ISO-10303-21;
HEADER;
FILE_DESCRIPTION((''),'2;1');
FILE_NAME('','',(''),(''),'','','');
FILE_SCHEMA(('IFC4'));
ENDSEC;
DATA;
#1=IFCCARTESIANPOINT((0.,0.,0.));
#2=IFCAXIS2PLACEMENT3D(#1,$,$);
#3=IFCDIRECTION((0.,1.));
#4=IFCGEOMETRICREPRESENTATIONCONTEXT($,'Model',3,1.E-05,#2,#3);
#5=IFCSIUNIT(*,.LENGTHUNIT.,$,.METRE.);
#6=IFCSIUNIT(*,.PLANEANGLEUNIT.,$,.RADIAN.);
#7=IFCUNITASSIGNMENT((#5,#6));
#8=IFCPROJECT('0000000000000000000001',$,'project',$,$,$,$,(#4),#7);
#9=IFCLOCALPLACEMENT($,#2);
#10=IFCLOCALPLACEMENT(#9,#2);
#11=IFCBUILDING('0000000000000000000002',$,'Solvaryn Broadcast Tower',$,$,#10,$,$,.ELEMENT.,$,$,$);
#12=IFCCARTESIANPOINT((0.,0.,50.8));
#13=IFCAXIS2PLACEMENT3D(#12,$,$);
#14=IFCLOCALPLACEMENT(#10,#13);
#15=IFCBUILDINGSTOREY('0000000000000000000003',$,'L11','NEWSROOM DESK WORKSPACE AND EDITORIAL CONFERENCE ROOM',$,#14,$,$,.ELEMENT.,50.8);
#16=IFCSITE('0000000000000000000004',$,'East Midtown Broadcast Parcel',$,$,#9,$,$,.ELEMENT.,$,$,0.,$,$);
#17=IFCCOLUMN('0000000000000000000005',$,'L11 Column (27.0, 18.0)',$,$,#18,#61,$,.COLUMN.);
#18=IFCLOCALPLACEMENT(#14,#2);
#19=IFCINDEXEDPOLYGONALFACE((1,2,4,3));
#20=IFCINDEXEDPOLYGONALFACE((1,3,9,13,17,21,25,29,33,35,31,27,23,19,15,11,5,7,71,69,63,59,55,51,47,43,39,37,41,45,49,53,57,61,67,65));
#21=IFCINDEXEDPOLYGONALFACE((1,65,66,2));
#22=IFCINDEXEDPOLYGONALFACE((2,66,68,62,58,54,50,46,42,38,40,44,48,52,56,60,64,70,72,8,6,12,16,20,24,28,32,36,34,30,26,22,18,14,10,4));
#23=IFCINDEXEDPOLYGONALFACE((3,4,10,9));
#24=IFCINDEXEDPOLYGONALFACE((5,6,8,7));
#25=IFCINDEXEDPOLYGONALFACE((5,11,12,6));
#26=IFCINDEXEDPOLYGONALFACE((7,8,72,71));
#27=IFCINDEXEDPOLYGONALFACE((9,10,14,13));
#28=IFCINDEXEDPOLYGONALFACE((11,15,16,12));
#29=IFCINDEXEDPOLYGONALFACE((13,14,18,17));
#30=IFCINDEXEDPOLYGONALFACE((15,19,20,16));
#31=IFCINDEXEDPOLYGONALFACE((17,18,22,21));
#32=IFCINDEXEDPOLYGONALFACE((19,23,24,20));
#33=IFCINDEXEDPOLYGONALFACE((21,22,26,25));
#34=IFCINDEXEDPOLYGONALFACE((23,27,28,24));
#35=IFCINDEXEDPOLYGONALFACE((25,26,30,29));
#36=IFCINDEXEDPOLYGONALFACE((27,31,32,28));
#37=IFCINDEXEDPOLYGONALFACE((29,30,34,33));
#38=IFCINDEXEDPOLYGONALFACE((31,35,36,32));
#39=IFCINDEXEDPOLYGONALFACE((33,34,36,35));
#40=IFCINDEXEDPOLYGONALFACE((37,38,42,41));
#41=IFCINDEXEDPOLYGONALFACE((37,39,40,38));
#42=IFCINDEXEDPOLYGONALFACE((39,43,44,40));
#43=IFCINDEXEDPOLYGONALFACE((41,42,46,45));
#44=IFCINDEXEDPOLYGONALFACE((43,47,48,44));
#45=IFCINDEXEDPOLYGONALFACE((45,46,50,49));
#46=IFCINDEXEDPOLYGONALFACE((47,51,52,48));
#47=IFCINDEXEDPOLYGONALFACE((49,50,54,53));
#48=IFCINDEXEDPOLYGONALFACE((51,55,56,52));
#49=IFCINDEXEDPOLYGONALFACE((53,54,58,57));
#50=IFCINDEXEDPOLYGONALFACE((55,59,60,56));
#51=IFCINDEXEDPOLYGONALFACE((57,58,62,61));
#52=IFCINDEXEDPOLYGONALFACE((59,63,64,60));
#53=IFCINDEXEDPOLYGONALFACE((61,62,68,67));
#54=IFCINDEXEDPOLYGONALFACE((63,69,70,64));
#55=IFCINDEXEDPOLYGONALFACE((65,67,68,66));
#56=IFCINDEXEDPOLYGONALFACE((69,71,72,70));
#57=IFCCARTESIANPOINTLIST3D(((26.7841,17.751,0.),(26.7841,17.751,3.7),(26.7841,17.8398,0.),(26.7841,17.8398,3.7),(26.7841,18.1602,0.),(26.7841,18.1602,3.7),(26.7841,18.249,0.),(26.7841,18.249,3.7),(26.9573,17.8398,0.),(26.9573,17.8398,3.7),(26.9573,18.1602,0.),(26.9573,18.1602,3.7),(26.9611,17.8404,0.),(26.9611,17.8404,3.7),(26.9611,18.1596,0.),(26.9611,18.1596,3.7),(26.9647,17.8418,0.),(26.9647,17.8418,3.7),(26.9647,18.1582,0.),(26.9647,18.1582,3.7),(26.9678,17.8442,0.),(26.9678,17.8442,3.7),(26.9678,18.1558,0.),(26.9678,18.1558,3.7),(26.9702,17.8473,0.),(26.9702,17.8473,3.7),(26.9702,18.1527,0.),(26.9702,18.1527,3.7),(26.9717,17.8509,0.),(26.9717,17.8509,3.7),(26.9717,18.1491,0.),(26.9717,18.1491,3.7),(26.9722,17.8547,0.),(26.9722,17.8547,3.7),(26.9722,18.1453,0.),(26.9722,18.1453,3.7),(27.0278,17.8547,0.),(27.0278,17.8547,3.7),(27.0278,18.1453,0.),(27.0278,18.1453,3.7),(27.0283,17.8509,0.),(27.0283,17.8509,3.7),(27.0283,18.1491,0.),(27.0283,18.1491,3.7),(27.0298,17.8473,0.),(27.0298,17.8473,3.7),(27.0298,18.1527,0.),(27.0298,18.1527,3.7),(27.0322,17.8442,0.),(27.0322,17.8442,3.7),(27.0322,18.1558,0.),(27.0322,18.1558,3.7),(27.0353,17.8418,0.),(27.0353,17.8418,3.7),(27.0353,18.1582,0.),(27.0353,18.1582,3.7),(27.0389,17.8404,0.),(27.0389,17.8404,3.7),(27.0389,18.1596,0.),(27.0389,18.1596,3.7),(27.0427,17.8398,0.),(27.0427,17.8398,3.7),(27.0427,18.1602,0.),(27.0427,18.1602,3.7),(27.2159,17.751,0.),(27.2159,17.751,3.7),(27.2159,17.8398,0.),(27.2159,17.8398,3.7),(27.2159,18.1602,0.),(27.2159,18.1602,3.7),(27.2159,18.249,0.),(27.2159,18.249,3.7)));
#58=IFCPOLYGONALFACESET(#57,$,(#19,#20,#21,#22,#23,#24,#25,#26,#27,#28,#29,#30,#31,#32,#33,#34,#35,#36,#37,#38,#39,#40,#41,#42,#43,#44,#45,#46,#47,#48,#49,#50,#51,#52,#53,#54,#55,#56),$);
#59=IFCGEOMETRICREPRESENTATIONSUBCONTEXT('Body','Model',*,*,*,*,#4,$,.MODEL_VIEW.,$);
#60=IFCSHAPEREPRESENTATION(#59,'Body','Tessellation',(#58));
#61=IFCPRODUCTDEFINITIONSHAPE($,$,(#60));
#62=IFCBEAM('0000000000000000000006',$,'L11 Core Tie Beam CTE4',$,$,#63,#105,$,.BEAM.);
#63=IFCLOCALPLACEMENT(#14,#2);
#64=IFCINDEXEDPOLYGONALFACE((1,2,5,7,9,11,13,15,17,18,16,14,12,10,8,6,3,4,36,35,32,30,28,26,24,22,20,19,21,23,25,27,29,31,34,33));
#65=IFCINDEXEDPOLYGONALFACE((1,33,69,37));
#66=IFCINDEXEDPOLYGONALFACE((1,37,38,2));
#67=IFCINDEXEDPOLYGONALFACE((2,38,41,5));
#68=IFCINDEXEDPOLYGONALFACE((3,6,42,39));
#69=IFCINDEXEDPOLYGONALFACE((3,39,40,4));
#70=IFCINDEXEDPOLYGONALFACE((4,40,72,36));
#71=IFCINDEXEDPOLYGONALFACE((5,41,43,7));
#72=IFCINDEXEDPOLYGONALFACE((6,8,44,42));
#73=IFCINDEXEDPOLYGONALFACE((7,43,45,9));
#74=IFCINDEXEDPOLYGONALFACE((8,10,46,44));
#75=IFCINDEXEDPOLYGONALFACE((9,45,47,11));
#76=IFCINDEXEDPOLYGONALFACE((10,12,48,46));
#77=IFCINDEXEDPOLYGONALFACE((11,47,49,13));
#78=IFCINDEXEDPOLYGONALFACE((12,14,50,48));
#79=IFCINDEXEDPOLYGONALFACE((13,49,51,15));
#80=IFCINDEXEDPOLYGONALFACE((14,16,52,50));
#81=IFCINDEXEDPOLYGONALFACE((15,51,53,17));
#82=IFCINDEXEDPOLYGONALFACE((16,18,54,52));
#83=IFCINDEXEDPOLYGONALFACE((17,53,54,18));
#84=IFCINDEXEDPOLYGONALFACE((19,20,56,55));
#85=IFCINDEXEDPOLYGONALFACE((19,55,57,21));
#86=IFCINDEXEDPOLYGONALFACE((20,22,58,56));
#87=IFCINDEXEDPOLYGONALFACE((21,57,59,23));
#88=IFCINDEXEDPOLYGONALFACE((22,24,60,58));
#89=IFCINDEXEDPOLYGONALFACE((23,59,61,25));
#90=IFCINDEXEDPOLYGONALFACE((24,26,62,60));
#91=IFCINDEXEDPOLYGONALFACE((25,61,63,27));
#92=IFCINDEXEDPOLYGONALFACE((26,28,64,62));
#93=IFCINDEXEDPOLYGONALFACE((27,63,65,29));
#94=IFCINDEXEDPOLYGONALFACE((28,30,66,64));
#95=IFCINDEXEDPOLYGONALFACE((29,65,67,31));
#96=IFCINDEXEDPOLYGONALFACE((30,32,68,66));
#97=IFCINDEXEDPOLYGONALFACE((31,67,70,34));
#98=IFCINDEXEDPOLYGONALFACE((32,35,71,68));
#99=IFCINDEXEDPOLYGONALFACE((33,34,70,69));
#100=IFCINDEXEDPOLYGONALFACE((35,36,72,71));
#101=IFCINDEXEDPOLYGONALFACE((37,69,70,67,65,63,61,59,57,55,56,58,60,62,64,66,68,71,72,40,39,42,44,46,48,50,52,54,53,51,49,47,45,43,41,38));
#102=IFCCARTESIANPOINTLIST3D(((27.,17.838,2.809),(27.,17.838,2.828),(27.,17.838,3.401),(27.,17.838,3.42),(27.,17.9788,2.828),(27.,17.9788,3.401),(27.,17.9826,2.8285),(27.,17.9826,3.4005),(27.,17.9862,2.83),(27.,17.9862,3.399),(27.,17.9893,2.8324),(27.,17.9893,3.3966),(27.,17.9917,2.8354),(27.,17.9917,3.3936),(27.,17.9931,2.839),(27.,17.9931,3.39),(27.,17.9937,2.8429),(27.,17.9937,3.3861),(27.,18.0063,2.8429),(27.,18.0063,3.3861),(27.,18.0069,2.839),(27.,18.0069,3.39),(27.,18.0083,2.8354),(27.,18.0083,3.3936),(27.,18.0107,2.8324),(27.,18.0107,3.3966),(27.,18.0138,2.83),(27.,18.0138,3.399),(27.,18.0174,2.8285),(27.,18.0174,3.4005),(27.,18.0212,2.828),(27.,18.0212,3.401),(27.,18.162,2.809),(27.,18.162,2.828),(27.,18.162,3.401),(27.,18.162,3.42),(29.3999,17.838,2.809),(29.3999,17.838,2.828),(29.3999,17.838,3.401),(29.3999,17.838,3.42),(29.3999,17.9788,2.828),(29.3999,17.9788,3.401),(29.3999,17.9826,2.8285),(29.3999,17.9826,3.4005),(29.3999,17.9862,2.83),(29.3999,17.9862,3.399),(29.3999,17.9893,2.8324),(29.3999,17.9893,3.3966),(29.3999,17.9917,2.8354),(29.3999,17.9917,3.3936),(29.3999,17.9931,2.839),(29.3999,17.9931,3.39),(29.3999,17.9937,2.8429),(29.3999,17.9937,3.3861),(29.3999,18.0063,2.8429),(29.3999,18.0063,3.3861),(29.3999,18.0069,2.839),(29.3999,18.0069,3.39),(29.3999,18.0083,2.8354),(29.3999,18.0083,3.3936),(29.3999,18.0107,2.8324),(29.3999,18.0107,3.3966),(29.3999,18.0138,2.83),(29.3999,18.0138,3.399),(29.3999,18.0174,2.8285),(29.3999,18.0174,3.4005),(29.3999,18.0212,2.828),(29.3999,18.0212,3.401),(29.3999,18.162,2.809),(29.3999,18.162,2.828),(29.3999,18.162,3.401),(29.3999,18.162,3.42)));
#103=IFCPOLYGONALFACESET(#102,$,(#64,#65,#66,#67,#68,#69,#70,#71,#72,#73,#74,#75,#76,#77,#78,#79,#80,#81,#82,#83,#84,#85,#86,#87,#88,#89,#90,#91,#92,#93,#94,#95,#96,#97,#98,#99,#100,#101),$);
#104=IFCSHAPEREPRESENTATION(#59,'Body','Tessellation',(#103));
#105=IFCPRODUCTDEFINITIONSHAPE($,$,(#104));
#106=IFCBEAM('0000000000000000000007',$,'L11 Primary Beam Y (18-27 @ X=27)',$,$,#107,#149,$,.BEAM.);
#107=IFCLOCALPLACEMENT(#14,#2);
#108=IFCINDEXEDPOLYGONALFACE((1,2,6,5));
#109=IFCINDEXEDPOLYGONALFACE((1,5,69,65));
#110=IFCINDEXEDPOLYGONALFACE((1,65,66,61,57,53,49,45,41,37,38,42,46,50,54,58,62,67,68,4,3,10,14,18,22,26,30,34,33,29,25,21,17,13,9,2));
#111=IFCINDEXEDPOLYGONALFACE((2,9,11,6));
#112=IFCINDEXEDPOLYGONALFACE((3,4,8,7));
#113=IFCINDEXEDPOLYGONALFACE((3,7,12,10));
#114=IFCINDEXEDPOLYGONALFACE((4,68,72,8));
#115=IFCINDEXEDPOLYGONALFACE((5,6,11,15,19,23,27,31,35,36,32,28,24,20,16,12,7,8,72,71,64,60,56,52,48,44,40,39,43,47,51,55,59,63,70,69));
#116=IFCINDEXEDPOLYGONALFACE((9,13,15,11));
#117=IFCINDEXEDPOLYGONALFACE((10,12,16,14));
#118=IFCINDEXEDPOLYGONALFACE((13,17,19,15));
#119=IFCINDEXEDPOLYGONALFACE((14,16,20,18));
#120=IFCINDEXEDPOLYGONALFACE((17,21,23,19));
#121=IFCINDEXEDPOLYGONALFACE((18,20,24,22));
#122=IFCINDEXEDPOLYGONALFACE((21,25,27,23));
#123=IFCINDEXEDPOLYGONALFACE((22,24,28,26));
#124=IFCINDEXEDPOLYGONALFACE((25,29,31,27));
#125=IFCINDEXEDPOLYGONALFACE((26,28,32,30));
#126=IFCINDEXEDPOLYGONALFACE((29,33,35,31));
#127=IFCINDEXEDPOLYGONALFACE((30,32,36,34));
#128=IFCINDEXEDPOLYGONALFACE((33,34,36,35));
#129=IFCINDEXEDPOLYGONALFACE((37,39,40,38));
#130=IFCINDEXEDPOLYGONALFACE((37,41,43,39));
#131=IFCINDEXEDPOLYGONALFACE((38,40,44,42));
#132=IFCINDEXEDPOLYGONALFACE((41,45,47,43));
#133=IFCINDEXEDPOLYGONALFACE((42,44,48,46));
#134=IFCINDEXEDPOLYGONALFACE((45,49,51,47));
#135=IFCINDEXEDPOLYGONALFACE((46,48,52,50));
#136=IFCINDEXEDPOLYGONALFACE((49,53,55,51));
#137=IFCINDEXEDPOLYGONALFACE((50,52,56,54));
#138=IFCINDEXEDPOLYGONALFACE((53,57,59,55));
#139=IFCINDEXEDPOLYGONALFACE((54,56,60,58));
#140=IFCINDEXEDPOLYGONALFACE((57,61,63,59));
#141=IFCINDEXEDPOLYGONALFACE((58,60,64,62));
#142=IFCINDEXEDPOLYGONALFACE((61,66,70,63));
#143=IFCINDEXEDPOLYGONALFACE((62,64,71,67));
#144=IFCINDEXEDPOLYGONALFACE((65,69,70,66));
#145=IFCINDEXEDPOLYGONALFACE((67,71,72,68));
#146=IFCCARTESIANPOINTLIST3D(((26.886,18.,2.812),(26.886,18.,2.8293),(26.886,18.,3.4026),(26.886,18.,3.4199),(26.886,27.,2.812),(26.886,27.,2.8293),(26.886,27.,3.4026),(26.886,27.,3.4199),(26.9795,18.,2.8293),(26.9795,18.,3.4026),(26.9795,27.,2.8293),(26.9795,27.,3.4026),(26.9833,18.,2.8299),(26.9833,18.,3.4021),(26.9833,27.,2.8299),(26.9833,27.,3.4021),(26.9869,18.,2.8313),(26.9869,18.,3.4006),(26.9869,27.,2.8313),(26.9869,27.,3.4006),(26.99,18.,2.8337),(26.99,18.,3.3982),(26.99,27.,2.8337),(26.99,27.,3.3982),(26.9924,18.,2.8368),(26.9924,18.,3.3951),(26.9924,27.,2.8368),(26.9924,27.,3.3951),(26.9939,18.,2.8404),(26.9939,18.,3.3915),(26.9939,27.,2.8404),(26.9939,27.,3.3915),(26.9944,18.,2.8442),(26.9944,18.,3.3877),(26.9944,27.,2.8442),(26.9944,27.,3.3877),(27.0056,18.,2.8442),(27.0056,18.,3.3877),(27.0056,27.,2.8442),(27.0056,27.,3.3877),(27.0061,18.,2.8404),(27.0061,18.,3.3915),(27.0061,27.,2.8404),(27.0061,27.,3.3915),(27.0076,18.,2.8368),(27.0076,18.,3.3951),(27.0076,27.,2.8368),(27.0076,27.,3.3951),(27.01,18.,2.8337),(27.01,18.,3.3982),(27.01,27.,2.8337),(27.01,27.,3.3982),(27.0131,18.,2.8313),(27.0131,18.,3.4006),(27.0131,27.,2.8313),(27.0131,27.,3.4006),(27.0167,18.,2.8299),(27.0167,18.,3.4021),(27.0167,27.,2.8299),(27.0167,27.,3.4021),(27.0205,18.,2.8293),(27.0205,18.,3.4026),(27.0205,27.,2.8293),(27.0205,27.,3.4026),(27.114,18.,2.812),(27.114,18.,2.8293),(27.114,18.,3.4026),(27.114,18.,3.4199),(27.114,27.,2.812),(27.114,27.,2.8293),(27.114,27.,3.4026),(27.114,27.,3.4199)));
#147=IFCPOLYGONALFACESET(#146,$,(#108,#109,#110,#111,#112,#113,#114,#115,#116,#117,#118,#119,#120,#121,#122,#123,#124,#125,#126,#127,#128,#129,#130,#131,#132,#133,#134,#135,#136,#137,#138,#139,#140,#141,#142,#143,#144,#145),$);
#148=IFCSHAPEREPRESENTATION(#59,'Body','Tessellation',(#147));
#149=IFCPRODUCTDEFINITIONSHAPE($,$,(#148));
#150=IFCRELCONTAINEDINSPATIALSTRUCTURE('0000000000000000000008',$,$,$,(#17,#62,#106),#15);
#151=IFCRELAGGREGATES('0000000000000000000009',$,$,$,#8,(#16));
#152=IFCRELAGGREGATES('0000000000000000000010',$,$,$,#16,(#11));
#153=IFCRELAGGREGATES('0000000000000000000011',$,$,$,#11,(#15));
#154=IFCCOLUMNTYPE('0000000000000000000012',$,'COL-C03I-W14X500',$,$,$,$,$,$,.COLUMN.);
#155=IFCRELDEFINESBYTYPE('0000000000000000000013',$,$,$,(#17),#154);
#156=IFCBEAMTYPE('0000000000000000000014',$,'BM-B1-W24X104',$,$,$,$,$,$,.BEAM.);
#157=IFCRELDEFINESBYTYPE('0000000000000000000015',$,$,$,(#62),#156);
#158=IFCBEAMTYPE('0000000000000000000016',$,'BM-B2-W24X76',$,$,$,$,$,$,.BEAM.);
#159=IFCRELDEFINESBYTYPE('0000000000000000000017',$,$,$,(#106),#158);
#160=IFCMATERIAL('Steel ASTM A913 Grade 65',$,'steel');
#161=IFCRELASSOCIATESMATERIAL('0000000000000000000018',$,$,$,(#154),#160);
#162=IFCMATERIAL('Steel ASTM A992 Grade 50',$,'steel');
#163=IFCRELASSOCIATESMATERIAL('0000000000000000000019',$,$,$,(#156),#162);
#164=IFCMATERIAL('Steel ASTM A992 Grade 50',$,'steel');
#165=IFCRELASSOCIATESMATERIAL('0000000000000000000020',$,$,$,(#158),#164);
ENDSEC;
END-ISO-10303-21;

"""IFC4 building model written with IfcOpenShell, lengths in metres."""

from ifc_helpers import new_model, si_unit, direction, frame, origin, origin_2d, place, context, subcontext, project, spatial, i_section, extrude, material, material_profile, profile_set, type_object, element, save


model = new_model("IFC4")

# Units and contexts
model_context = context("Model", 3, precision=1e-05, world=origin(), true_north=direction((0.0, 1.0)))
body_context = subcontext(model_context, "Body", "Model", "MODEL_VIEW")
ifc_project = project(units=[si_unit("LENGTHUNIT", "METRE"), si_unit("PLANEANGLEUNIT", "RADIAN")], contexts=[model_context])

# Site, building, storey
site_placement = place(None, origin())
site = spatial("IfcSite", under=ifc_project, at=site_placement, Name="East Midtown Broadcast Parcel", CompositionType="ELEMENT", RefElevation=0.0)
building_placement = place(site_placement, origin())
building = spatial("IfcBuilding", under=site, at=building_placement, Name="Solvaryn Broadcast Tower", CompositionType="ELEMENT")
storey_placement = place(building_placement, frame((0.0, 0.0, 50.8)))
storey = spatial("IfcBuildingStorey", under=building, at=storey_placement, Name="L11", Description="NEWSROOM DESK WORKSPACE AND EDITORIAL CONFERENCE ROOM", CompositionType="ELEMENT", Elevation=50.8)

# Column
ifc_material_1 = material(Name="Steel ASTM A913 Grade 65", Category="steel")
ifc_material_profile_1 = material_profile(ifc_material_1, i_section(OverallWidth=0.4319, OverallDepth=0.498, WebThickness=0.0557, FlangeThickness=0.0889, FilletRadius=0.0149, at=origin_2d()))
ifc_profile_set_1 = profile_set([ifc_material_profile_1], Name="Steel ASTM A913 Grade 65")
column_type = type_object("IfcColumnType", Name="COL-C03I-W14X500", PredefinedType="COLUMN", material=ifc_profile_set_1)
column_placement = place(storey_placement, frame((27.0, 18.0, 0.0), z_axis=(0.0, 0.0, 1.0), x_axis=(1.0, 0.0, 0.0)))
element("IfcColumn", 1, at=column_placement, inside=storey, type_object=column_type, Name="L11 Column (27.0, 18.0)", PredefinedType="COLUMN", context=body_context, shape_type="SweptSolid", body=[
    extrude(i_section(OverallWidth=0.4319, OverallDepth=0.498, WebThickness=0.0557, FlangeThickness=0.0889, FilletRadius=0.0149, at=origin_2d()), origin(), (0.0, 0.0, 1.0), 3.7),
])

# Beams
ifc_material_2 = material(Name="Steel ASTM A992 Grade 50", Category="steel")
ifc_material_profile_2 = material_profile(ifc_material_2, i_section(OverallWidth=0.324, OverallDepth=0.6111, WebThickness=0.0127, FlangeThickness=0.019, FilletRadius=0.0149, at=origin_2d()))
ifc_profile_set_2 = profile_set([ifc_material_profile_2], Name="Steel ASTM A992 Grade 50")
beam_type_1 = type_object("IfcBeamType", Name="BM-B1-W24X104", PredefinedType="BEAM", material=ifc_profile_set_2)
beam_1_placement = place(storey_placement, frame((27.0, 18.0, 3.1145), z_axis=(1.0, 0.0, 0.0), x_axis=(0.0, 1.0, 0.0)))
element("IfcBeam", 2, at=beam_1_placement, inside=storey, type_object=beam_type_1, Name="L11 Core Tie Beam CTE4", PredefinedType="BEAM", context=body_context, shape_type="SweptSolid", body=[
    extrude(i_section(OverallWidth=0.324, OverallDepth=0.6111, WebThickness=0.0127, FlangeThickness=0.019, FilletRadius=0.0149, at=origin_2d()), origin(), (0.0, 0.0, 1.0), 2.3999),
])
ifc_material_3 = material(Name="Steel ASTM A992 Grade 50", Category="steel")
ifc_material_profile_3 = material_profile(ifc_material_3, i_section(OverallWidth=0.228, OverallDepth=0.6079, WebThickness=0.0112, FlangeThickness=0.0173, FilletRadius=0.0149, at=origin_2d()))
ifc_profile_set_3 = profile_set([ifc_material_profile_3], Name="Steel ASTM A992 Grade 50")
beam_type_2 = type_object("IfcBeamType", Name="BM-B2-W24X76", PredefinedType="BEAM", material=ifc_profile_set_3)
beam_2_placement = place(storey_placement, frame((27.0, 18.0, 3.116), z_axis=(0.0, 1.0, 0.0), x_axis=(-1.0, 0.0, 0.0)))
element("IfcBeam", 3, at=beam_2_placement, inside=storey, type_object=beam_type_2, Name="L11 Primary Beam Y (18-27 @ X=27)", PredefinedType="BEAM", context=body_context, shape_type="SweptSolid", body=[
    extrude(i_section(OverallWidth=0.228, OverallDepth=0.6079, WebThickness=0.0112, FlangeThickness=0.0173, FilletRadius=0.0149, at=origin_2d()), origin(), (0.0, 0.0, 1.0), 9.0),
])

save(model, "model.ifc")
